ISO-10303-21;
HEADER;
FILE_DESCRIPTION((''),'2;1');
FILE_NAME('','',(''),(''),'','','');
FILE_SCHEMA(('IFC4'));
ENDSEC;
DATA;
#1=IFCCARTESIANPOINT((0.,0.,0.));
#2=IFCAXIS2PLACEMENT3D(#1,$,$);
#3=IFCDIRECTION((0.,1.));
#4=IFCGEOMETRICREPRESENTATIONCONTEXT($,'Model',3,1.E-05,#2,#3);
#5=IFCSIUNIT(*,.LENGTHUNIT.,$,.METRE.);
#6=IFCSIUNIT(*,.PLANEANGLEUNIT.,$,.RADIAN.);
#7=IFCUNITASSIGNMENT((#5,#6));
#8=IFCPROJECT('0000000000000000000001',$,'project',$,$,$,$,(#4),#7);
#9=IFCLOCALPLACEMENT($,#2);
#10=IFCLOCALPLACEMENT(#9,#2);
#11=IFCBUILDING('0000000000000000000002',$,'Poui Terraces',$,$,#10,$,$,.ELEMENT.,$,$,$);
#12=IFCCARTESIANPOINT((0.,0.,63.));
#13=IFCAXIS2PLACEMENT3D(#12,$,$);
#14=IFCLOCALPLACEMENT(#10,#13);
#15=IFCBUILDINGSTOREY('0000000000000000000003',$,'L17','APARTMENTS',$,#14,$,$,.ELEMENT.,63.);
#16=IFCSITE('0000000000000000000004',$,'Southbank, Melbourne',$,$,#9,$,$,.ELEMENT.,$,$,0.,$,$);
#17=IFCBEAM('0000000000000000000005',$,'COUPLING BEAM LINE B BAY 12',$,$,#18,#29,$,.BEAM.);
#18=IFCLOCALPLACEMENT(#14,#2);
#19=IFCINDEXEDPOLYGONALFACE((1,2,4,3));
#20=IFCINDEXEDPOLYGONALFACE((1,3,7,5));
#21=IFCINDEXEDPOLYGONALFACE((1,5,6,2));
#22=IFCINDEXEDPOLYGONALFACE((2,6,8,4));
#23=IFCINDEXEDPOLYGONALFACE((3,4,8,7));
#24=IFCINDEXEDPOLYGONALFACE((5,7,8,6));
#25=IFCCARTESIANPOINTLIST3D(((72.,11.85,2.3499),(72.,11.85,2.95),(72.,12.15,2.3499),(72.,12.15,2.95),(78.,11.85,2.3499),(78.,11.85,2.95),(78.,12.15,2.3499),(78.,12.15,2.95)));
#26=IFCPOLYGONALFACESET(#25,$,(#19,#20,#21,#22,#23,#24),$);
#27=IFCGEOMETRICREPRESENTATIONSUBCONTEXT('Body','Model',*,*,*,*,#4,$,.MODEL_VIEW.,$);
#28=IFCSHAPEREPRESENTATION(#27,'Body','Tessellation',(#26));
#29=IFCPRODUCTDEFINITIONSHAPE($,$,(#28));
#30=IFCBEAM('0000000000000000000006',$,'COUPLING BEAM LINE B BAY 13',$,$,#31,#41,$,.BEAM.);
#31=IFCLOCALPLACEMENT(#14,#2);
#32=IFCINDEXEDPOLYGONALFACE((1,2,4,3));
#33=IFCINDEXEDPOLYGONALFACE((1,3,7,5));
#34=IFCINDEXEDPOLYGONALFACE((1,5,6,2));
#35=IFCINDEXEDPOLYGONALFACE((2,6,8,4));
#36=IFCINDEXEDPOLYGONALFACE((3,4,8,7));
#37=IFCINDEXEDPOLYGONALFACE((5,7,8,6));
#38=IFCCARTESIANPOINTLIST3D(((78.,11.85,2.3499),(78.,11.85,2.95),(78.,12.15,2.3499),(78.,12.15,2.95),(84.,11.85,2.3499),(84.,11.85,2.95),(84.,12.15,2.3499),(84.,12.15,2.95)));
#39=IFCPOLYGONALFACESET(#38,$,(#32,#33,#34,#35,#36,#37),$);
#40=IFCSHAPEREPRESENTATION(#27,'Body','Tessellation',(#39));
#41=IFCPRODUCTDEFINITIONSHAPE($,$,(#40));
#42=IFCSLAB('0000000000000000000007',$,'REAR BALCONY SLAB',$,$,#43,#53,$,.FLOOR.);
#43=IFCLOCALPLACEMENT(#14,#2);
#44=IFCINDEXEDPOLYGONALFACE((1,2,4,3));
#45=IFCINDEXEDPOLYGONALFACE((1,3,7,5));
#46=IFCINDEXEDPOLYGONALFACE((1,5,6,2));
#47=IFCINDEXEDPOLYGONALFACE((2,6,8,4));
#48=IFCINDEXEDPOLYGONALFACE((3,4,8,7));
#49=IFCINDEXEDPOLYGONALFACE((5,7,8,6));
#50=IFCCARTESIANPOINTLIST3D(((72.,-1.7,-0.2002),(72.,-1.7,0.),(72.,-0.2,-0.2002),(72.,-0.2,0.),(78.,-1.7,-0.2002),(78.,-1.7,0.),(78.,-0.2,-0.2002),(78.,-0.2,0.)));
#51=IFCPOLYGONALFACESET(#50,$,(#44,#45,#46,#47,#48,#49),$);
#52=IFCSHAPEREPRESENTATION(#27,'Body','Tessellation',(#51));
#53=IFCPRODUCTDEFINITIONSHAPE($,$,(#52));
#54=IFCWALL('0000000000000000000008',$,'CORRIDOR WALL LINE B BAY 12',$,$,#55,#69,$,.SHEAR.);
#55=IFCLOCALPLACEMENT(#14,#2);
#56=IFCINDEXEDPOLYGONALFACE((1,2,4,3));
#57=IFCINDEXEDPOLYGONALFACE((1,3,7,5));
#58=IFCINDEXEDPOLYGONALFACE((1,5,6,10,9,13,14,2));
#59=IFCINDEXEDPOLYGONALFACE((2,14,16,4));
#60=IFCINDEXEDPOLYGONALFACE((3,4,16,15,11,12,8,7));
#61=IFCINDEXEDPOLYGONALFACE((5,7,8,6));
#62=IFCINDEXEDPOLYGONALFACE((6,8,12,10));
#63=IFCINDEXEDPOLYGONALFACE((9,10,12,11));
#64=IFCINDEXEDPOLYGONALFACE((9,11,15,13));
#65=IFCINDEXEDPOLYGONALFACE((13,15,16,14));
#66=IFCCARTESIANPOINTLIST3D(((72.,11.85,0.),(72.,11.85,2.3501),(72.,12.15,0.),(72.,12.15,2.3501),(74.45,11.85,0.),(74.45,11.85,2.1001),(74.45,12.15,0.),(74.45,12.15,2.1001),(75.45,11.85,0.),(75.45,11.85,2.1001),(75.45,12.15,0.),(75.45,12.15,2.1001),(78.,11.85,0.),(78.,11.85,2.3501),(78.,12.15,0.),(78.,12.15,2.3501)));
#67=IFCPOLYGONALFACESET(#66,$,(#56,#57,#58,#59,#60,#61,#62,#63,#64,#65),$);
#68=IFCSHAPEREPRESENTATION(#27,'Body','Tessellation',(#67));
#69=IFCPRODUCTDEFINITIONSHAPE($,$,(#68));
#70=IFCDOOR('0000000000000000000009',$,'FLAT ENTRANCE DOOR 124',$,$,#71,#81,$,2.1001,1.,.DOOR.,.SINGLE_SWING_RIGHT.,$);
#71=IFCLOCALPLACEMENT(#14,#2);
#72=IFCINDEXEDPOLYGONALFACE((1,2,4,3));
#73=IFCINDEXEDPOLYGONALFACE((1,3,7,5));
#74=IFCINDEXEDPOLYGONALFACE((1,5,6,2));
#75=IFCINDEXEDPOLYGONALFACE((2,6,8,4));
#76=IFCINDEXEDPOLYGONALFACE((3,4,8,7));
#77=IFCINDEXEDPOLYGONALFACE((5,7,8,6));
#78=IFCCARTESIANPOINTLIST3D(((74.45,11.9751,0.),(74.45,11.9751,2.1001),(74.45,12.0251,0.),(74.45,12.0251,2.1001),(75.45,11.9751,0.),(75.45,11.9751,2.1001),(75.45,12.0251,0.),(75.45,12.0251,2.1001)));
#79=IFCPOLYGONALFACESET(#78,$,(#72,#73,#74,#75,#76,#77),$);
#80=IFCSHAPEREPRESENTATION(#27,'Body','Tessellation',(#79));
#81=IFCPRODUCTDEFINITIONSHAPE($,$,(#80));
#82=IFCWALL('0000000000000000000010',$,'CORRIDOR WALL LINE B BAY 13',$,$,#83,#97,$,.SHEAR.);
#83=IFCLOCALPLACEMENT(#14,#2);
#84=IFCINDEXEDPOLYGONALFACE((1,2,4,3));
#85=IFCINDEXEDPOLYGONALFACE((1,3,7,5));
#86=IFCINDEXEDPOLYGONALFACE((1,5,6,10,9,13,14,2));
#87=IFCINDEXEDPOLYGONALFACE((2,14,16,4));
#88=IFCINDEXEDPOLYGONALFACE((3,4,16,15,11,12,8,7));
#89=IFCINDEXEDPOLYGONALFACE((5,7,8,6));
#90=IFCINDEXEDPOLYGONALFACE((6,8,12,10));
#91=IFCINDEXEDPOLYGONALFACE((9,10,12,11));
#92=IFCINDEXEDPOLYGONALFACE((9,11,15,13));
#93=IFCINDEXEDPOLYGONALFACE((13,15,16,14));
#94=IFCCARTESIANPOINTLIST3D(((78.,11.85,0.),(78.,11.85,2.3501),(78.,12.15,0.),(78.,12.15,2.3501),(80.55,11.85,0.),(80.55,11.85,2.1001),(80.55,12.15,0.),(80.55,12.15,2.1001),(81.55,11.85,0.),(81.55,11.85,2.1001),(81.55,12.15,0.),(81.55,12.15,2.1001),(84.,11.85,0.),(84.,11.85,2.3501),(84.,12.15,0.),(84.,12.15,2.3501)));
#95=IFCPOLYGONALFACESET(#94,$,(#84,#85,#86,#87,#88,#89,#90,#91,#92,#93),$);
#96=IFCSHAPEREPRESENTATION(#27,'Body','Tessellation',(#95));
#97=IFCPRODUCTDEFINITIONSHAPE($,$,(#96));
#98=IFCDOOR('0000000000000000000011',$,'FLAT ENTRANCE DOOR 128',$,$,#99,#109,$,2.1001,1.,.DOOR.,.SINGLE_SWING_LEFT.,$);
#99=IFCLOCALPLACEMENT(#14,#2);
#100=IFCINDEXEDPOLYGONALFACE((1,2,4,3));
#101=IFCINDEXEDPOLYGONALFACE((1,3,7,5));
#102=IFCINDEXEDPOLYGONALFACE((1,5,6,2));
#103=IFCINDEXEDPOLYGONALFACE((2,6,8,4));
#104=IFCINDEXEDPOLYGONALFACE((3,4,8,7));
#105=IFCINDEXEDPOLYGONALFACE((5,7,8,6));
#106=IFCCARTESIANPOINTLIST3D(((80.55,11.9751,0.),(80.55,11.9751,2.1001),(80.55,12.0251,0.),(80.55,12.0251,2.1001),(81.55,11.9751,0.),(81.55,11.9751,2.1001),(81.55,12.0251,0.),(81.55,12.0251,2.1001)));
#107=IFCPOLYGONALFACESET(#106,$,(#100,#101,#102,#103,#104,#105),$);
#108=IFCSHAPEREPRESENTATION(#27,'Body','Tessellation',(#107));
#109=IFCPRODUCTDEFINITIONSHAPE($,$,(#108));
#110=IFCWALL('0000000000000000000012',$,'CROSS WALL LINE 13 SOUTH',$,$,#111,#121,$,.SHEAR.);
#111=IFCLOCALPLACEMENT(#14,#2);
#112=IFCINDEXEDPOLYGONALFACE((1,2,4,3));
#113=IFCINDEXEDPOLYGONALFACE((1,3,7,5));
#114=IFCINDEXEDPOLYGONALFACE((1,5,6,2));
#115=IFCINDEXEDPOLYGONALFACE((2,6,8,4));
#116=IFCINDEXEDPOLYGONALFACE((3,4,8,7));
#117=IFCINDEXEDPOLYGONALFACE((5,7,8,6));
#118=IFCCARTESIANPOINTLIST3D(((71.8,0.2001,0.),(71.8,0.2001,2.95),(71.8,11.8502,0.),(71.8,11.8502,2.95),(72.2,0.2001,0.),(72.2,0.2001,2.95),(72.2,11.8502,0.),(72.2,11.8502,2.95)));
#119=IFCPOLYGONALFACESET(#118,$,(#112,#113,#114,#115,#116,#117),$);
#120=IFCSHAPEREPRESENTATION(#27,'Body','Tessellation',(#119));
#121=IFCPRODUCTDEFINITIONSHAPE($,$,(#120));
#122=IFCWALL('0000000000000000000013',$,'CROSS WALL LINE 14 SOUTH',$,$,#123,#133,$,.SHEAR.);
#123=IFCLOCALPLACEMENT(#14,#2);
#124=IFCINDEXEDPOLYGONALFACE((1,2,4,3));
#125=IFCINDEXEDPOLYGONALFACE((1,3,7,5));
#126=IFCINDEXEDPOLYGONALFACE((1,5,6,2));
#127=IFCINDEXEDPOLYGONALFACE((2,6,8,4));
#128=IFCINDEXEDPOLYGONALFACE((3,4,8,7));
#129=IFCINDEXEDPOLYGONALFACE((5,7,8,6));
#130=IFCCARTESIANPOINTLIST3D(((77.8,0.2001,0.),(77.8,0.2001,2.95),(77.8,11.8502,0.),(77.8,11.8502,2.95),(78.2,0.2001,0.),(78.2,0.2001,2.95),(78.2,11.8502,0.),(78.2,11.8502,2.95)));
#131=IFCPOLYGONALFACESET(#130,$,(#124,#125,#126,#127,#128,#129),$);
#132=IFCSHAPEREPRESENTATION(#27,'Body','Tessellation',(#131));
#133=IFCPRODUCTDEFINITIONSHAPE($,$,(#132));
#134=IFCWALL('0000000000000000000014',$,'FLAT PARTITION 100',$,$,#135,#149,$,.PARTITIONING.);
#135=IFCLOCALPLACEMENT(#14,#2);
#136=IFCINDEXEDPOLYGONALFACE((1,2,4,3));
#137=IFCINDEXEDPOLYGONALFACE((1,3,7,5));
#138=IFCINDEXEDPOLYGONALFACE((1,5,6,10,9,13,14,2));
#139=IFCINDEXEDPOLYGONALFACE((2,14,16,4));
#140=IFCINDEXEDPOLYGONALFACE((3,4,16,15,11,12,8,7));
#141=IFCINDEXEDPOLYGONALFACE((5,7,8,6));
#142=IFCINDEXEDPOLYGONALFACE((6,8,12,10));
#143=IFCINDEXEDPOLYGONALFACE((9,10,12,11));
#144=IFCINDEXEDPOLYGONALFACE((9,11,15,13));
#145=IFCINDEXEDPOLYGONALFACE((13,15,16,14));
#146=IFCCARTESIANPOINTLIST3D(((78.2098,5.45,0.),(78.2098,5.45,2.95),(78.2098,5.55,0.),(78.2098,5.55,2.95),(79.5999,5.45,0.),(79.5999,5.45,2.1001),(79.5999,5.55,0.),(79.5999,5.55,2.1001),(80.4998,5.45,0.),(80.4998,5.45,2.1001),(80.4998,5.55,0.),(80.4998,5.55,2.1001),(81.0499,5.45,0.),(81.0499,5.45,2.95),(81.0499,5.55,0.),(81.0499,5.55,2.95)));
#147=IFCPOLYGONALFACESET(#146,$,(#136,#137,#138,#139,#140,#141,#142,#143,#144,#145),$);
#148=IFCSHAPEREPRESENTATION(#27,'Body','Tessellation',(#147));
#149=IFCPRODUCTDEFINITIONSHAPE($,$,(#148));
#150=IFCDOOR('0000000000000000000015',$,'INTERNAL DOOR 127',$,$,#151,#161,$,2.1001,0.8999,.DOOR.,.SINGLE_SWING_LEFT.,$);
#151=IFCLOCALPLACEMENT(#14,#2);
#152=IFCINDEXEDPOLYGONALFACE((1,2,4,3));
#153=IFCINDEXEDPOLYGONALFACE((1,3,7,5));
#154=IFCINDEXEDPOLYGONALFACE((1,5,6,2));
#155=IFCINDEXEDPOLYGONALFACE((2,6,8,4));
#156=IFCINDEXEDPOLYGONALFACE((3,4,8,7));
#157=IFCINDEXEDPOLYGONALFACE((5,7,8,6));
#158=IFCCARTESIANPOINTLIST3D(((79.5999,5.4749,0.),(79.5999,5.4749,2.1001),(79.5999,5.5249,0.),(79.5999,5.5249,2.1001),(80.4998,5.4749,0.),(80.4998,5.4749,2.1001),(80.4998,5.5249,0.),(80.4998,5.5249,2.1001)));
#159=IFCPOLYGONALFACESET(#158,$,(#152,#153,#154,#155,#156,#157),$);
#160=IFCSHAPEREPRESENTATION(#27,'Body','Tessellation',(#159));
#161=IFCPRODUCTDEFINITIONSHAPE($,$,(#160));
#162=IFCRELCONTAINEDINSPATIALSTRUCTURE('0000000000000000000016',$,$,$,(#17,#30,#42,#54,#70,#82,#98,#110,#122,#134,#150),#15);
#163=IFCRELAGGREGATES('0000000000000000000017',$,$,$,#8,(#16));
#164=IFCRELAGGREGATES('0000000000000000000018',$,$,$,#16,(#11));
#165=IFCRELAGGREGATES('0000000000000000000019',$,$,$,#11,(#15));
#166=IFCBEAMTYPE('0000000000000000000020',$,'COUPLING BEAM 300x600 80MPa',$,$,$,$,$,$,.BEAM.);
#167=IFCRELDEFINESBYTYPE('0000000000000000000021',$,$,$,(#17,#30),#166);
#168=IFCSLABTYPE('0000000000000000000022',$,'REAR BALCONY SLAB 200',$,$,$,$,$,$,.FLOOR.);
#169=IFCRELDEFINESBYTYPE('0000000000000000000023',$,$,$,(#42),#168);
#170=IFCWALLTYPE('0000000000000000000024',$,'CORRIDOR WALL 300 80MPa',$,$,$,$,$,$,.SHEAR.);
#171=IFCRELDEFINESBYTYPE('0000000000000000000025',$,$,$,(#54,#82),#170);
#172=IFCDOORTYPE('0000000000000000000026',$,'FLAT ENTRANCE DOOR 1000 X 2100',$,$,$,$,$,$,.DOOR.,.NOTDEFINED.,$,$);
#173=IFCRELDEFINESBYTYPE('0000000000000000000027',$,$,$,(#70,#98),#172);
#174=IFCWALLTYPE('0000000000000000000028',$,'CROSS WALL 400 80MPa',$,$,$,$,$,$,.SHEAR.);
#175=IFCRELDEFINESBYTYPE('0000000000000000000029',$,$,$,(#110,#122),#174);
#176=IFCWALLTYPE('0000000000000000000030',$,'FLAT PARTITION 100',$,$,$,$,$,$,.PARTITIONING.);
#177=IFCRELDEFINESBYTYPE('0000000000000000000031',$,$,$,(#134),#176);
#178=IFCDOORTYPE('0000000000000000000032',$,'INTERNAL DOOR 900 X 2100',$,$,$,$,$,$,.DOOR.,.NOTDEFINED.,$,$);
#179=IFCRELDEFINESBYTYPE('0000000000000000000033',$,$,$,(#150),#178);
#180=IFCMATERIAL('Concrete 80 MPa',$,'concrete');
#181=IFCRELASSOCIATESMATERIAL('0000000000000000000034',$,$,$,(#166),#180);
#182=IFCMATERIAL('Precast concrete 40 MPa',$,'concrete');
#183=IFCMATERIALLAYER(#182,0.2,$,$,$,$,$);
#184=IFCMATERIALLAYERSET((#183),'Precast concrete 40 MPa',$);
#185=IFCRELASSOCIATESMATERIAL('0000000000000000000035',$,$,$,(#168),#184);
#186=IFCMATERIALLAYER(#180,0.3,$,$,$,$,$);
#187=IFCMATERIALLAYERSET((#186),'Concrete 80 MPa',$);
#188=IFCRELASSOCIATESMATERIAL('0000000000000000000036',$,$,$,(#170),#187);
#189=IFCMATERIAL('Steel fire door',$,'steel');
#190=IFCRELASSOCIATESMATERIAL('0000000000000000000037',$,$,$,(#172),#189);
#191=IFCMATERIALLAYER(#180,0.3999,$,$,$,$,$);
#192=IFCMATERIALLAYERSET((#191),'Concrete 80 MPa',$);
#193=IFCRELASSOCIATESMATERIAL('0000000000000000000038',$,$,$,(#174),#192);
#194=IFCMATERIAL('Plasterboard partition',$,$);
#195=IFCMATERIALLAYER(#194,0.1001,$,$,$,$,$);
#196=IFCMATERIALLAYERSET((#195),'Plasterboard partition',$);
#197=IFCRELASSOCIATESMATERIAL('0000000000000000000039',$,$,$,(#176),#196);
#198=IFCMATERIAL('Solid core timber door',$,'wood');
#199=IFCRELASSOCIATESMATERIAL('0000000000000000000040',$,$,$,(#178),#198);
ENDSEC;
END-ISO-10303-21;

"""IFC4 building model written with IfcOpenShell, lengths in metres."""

from ifc_helpers import new_model, si_unit, direction, frame, frame_2d, origin, origin_2d, place, context, subcontext, project, spatial, polyline, rectangle, outline, extrude, source, transform, mapped, material, layer, layer_set, material_profile, profile_set, type_object, element, fill, save


model = new_model("IFC4")

# Units and contexts
model_context = context("Model", 3, precision=1e-05, world=origin(), true_north=direction((0.0, 1.0)))
body_context = subcontext(model_context, "Body", "Model", "MODEL_VIEW")
ifc_project = project(units=[si_unit("LENGTHUNIT", "METRE"), si_unit("PLANEANGLEUNIT", "RADIAN")], contexts=[model_context])

# Site, building, storey
site_placement = place(None, origin())
site = spatial("IfcSite", under=ifc_project, at=site_placement, Name="Southbank, Melbourne", CompositionType="ELEMENT", RefElevation=0.0)
building_placement = place(site_placement, origin())
building = spatial("IfcBuilding", under=site, at=building_placement, Name="Poui Terraces", CompositionType="ELEMENT")
storey_placement = place(building_placement, frame((0.0, 0.0, 63.0)))
storey = spatial("IfcBuildingStorey", under=building, at=storey_placement, Name="L17", Description="APARTMENTS", CompositionType="ELEMENT", Elevation=63.0)

# Beams
ifc_material_1 = material(Name="Concrete 80 MPa", Category="concrete")
ifc_material_profile_1 = material_profile(ifc_material_1, rectangle(XDim=0.3, YDim=0.6001, at=origin_2d()), Name="RC 300x600")
ifc_profile_set_1 = profile_set([ifc_material_profile_1], Name="Concrete 80 MPa")
beam_type = type_object("IfcBeamType", Name="COUPLING BEAM 300x600 80MPa", PredefinedType="BEAM", material=ifc_profile_set_1)
shared_shape_1 = source(origin(), body_context, "Body", "SweptSolid", [
    extrude(rectangle(XDim=0.3, YDim=0.6001, at=origin_2d()), origin(), (0.0, 0.0, 1.0), 6.0),
])
for number, where, z_axis, x_axis, name in (
    (1, (72.0, 12.0, 2.6499), (1.0, 0.0, 0.0), (0.0, 1.0, 0.0), "COUPLING BEAM LINE B BAY 12"),
    (2, (78.0, 12.0, 2.6499), (1.0, 0.0, 0.0), (0.0, 1.0, 0.0), "COUPLING BEAM LINE B BAY 13"),
):
    element("IfcBeam", number, at=place(storey_placement, frame(where, z_axis=z_axis, x_axis=x_axis)), inside=storey, type_object=beam_type, Name=name, PredefinedType="BEAM", context=body_context, shape_type="MappedRepresentation", body=[
        mapped(shared_shape_1, transform((0.0, 0.0, 0.0))),
    ])

# Slab
ifc_material_2 = material(Name="Precast concrete 40 MPa", Category="concrete")
ifc_layer_1 = layer(ifc_material_2, 0.2)
ifc_layer_set_1 = layer_set([ifc_layer_1], Name="Precast concrete 40 MPa")
slab_type = type_object("IfcSlabType", Name="REAR BALCONY SLAB 200", PredefinedType="FLOOR", material=ifc_layer_set_1)
shared_shape_2 = source(origin(), body_context, "Body", "SweptSolid", [
    extrude(outline(polyline([(0.0, 0.0), (6.0, 0.0), (6.0, 1.5), (0.0, 1.5), (0.0, 0.0)])), origin(), (0.0, 0.0, 1.0), 0.2002),
])
slab_placement = place(storey_placement, frame((72.0, -1.7, -0.2002)))
element("IfcSlab", 3, at=slab_placement, inside=storey, type_object=slab_type, Name="REAR BALCONY SLAB", PredefinedType="FLOOR", context=body_context, shape_type="MappedRepresentation", body=[
    mapped(shared_shape_2, transform((0.0, 0.0, 0.0))),
])

# Walls, openings, doors
ifc_layer_2 = layer(ifc_material_1, 0.3)
ifc_layer_set_2 = layer_set([ifc_layer_2], Name="Concrete 80 MPa")
wall_type_1 = type_object("IfcWallType", Name="CORRIDOR WALL 300 80MPa", PredefinedType="SHEAR", material=ifc_layer_set_2)
wall_1_placement = place(storey_placement, frame((72.0, 12.0, 0.0), z_axis=(0.0, 0.0, 1.0), x_axis=(1.0, 0.0, 0.0)))
wall_1 = element("IfcWall", 4, at=wall_1_placement, inside=storey, type_object=wall_type_1, Name="CORRIDOR WALL LINE B BAY 12", PredefinedType="SHEAR", context=body_context, shape_type="SweptSolid", body=[
    extrude(rectangle(XDim=6.0, YDim=0.3, at=frame_2d((3.0, 0.0))), origin(), (0.0, 0.0, 1.0), 2.3501),
])
opening_1_placement = place(wall_1_placement, frame((2.45, 0.0, 0.0)))
opening_1 = element("IfcOpeningElement", 5, at=opening_1_placement, cuts=wall_1, PredefinedType="OPENING", context=body_context, shape_type="SweptSolid", body=[
    extrude(rectangle(XDim=1.0, YDim=2.1001, at=frame_2d((0.5, 1.05))), frame((0.0, 0.1602, 0.0), z_axis=(0.0, -1.0, 0.0), x_axis=(1.0, 0.0, 0.0)), (0.0, 0.0, 1.0), 0.3201),
])
ifc_material_3 = material(Name="Steel fire door", Category="steel")
door_type_1 = type_object("IfcDoorType", Name="FLAT ENTRANCE DOOR 1000 X 2100", OperationType="NOTDEFINED", PredefinedType="DOOR", material=ifc_material_3)
door_1_placement = place(opening_1_placement, frame((1.0, 0.0, 0.0), z_axis=(0.0, 0.0, 1.0), x_axis=(-1.0, 0.0, 0.0)))
door_1 = element("IfcDoor", 6, at=door_1_placement, inside=storey, type_object=door_type_1, Name="FLAT ENTRANCE DOOR 124", OperationType="SINGLE_SWING_RIGHT", OverallHeight=2.1001, OverallWidth=1.0, PredefinedType="DOOR", context=body_context, shape_type="SweptSolid", body=[
    extrude(rectangle(XDim=1.0, YDim=2.1001, at=frame_2d((0.5, 1.05))), frame((0.0, 0.0249, 0.0), z_axis=(0.0, -1.0, 0.0), x_axis=(1.0, 0.0, 0.0)), (0.0, 0.0, 1.0), 0.05),
])
fill(opening_1, door_1)
wall_2_placement = place(storey_placement, frame((78.0, 12.0, 0.0), z_axis=(0.0, 0.0, 1.0), x_axis=(1.0, 0.0, 0.0)))
wall_2 = element("IfcWall", 7, at=wall_2_placement, inside=storey, type_object=wall_type_1, Name="CORRIDOR WALL LINE B BAY 13", PredefinedType="SHEAR", context=body_context, shape_type="SweptSolid", body=[
    extrude(rectangle(XDim=6.0, YDim=0.3, at=frame_2d((3.0, 0.0))), origin(), (0.0, 0.0, 1.0), 2.3501),
])
opening_2_placement = place(wall_2_placement, frame((2.55, 0.0, 0.0)))
opening_2 = element("IfcOpeningElement", 8, at=opening_2_placement, cuts=wall_2, PredefinedType="OPENING", context=body_context, shape_type="SweptSolid", body=[
    extrude(rectangle(XDim=1.0, YDim=2.1001, at=frame_2d((0.5, 1.05))), frame((0.0, 0.1602, 0.0), z_axis=(0.0, -1.0, 0.0), x_axis=(1.0, 0.0, 0.0)), (0.0, 0.0, 1.0), 0.3201),
])
door_2_placement = place(opening_2_placement, frame((1.0, 0.0, 0.0), z_axis=(0.0, 0.0, 1.0), x_axis=(-1.0, 0.0, 0.0)))
door_2 = element("IfcDoor", 9, at=door_2_placement, inside=storey, type_object=door_type_1, Name="FLAT ENTRANCE DOOR 128", OperationType="SINGLE_SWING_LEFT", OverallHeight=2.1001, OverallWidth=1.0, PredefinedType="DOOR", context=body_context, shape_type="SweptSolid", body=[
    extrude(rectangle(XDim=1.0, YDim=2.1001, at=frame_2d((0.5, 1.05))), frame((0.0, 0.0249, 0.0), z_axis=(0.0, -1.0, 0.0), x_axis=(1.0, 0.0, 0.0)), (0.0, 0.0, 1.0), 0.05),
])
fill(opening_2, door_2)

# Walls
ifc_layer_3 = layer(ifc_material_1, 0.3999)
ifc_layer_set_3 = layer_set([ifc_layer_3], Name="Concrete 80 MPa")
wall_type_2 = type_object("IfcWallType", Name="CROSS WALL 400 80MPa", PredefinedType="SHEAR", material=ifc_layer_set_3)
for number, where, z_axis, x_axis, name in (
    (10, (72.0, 0.2, 0.0), (0.0, 0.0, 1.0), (0.0, 1.0, 0.0), "CROSS WALL LINE 13 SOUTH"),
    (11, (78.0, 0.2, 0.0), (0.0, 0.0, 1.0), (0.0, 1.0, 0.0), "CROSS WALL LINE 14 SOUTH"),
):
    element("IfcWall", number, at=place(storey_placement, frame(where, z_axis=z_axis, x_axis=x_axis)), inside=storey, type_object=wall_type_2, Name=name, PredefinedType="SHEAR", context=body_context, shape_type="SweptSolid", body=[
        extrude(rectangle(XDim=11.6501, YDim=0.3999, at=frame_2d((5.8252, 0.0))), origin(), (0.0, 0.0, 1.0), 2.95),
    ])

# Wall, opening, door
ifc_material_4 = material(Name="Plasterboard partition")
ifc_layer_4 = layer(ifc_material_4, 0.1001)
ifc_layer_set_4 = layer_set([ifc_layer_4], Name="Plasterboard partition")
wall_type_3 = type_object("IfcWallType", Name="FLAT PARTITION 100", PredefinedType="PARTITIONING", material=ifc_layer_set_4)
wall_3_placement = place(storey_placement, frame((78.21, 5.5, 0.0), z_axis=(0.0, 0.0, 1.0), x_axis=(1.0, 0.0, 0.0)))
wall_3 = element("IfcWall", 12, at=wall_3_placement, inside=storey, type_object=wall_type_3, Name="FLAT PARTITION 100", PredefinedType="PARTITIONING", context=body_context, shape_type="SweptSolid", body=[
    extrude(rectangle(XDim=2.8401, YDim=0.1001, at=frame_2d((1.4199, 0.0))), origin(), (0.0, 0.0, 1.0), 2.95),
])
opening_3_placement = place(wall_3_placement, frame((1.3899, 0.0, 0.0)))
opening_3 = element("IfcOpeningElement", 13, at=opening_3_placement, cuts=wall_3, PredefinedType="OPENING", context=body_context, shape_type="SweptSolid", body=[
    extrude(rectangle(XDim=0.8999, YDim=2.1001, at=frame_2d((0.45, 1.05))), frame((0.0, 0.0601, 0.0), z_axis=(0.0, -1.0, 0.0), x_axis=(1.0, 0.0, 0.0)), (0.0, 0.0, 1.0), 0.1201),
])
ifc_material_5 = material(Name="Solid core timber door", Category="wood")
door_type_2 = type_object("IfcDoorType", Name="INTERNAL DOOR 900 X 2100", OperationType="NOTDEFINED", PredefinedType="DOOR", material=ifc_material_5)
door_3_placement = place(opening_3_placement, origin())
door_3 = element("IfcDoor", 14, at=door_3_placement, inside=storey, type_object=door_type_2, Name="INTERNAL DOOR 127", OperationType="SINGLE_SWING_LEFT", OverallHeight=2.1001, OverallWidth=0.8999, PredefinedType="DOOR", context=body_context, shape_type="SweptSolid", body=[
    extrude(rectangle(XDim=0.8999, YDim=2.1001, at=frame_2d((0.45, 1.05))), frame((0.0, 0.0249, 0.0), z_axis=(0.0, -1.0, 0.0), x_axis=(1.0, 0.0, 0.0)), (0.0, 0.0, 1.0), 0.05),
])
fill(opening_3, door_3)

save(model, "model.ifc")
